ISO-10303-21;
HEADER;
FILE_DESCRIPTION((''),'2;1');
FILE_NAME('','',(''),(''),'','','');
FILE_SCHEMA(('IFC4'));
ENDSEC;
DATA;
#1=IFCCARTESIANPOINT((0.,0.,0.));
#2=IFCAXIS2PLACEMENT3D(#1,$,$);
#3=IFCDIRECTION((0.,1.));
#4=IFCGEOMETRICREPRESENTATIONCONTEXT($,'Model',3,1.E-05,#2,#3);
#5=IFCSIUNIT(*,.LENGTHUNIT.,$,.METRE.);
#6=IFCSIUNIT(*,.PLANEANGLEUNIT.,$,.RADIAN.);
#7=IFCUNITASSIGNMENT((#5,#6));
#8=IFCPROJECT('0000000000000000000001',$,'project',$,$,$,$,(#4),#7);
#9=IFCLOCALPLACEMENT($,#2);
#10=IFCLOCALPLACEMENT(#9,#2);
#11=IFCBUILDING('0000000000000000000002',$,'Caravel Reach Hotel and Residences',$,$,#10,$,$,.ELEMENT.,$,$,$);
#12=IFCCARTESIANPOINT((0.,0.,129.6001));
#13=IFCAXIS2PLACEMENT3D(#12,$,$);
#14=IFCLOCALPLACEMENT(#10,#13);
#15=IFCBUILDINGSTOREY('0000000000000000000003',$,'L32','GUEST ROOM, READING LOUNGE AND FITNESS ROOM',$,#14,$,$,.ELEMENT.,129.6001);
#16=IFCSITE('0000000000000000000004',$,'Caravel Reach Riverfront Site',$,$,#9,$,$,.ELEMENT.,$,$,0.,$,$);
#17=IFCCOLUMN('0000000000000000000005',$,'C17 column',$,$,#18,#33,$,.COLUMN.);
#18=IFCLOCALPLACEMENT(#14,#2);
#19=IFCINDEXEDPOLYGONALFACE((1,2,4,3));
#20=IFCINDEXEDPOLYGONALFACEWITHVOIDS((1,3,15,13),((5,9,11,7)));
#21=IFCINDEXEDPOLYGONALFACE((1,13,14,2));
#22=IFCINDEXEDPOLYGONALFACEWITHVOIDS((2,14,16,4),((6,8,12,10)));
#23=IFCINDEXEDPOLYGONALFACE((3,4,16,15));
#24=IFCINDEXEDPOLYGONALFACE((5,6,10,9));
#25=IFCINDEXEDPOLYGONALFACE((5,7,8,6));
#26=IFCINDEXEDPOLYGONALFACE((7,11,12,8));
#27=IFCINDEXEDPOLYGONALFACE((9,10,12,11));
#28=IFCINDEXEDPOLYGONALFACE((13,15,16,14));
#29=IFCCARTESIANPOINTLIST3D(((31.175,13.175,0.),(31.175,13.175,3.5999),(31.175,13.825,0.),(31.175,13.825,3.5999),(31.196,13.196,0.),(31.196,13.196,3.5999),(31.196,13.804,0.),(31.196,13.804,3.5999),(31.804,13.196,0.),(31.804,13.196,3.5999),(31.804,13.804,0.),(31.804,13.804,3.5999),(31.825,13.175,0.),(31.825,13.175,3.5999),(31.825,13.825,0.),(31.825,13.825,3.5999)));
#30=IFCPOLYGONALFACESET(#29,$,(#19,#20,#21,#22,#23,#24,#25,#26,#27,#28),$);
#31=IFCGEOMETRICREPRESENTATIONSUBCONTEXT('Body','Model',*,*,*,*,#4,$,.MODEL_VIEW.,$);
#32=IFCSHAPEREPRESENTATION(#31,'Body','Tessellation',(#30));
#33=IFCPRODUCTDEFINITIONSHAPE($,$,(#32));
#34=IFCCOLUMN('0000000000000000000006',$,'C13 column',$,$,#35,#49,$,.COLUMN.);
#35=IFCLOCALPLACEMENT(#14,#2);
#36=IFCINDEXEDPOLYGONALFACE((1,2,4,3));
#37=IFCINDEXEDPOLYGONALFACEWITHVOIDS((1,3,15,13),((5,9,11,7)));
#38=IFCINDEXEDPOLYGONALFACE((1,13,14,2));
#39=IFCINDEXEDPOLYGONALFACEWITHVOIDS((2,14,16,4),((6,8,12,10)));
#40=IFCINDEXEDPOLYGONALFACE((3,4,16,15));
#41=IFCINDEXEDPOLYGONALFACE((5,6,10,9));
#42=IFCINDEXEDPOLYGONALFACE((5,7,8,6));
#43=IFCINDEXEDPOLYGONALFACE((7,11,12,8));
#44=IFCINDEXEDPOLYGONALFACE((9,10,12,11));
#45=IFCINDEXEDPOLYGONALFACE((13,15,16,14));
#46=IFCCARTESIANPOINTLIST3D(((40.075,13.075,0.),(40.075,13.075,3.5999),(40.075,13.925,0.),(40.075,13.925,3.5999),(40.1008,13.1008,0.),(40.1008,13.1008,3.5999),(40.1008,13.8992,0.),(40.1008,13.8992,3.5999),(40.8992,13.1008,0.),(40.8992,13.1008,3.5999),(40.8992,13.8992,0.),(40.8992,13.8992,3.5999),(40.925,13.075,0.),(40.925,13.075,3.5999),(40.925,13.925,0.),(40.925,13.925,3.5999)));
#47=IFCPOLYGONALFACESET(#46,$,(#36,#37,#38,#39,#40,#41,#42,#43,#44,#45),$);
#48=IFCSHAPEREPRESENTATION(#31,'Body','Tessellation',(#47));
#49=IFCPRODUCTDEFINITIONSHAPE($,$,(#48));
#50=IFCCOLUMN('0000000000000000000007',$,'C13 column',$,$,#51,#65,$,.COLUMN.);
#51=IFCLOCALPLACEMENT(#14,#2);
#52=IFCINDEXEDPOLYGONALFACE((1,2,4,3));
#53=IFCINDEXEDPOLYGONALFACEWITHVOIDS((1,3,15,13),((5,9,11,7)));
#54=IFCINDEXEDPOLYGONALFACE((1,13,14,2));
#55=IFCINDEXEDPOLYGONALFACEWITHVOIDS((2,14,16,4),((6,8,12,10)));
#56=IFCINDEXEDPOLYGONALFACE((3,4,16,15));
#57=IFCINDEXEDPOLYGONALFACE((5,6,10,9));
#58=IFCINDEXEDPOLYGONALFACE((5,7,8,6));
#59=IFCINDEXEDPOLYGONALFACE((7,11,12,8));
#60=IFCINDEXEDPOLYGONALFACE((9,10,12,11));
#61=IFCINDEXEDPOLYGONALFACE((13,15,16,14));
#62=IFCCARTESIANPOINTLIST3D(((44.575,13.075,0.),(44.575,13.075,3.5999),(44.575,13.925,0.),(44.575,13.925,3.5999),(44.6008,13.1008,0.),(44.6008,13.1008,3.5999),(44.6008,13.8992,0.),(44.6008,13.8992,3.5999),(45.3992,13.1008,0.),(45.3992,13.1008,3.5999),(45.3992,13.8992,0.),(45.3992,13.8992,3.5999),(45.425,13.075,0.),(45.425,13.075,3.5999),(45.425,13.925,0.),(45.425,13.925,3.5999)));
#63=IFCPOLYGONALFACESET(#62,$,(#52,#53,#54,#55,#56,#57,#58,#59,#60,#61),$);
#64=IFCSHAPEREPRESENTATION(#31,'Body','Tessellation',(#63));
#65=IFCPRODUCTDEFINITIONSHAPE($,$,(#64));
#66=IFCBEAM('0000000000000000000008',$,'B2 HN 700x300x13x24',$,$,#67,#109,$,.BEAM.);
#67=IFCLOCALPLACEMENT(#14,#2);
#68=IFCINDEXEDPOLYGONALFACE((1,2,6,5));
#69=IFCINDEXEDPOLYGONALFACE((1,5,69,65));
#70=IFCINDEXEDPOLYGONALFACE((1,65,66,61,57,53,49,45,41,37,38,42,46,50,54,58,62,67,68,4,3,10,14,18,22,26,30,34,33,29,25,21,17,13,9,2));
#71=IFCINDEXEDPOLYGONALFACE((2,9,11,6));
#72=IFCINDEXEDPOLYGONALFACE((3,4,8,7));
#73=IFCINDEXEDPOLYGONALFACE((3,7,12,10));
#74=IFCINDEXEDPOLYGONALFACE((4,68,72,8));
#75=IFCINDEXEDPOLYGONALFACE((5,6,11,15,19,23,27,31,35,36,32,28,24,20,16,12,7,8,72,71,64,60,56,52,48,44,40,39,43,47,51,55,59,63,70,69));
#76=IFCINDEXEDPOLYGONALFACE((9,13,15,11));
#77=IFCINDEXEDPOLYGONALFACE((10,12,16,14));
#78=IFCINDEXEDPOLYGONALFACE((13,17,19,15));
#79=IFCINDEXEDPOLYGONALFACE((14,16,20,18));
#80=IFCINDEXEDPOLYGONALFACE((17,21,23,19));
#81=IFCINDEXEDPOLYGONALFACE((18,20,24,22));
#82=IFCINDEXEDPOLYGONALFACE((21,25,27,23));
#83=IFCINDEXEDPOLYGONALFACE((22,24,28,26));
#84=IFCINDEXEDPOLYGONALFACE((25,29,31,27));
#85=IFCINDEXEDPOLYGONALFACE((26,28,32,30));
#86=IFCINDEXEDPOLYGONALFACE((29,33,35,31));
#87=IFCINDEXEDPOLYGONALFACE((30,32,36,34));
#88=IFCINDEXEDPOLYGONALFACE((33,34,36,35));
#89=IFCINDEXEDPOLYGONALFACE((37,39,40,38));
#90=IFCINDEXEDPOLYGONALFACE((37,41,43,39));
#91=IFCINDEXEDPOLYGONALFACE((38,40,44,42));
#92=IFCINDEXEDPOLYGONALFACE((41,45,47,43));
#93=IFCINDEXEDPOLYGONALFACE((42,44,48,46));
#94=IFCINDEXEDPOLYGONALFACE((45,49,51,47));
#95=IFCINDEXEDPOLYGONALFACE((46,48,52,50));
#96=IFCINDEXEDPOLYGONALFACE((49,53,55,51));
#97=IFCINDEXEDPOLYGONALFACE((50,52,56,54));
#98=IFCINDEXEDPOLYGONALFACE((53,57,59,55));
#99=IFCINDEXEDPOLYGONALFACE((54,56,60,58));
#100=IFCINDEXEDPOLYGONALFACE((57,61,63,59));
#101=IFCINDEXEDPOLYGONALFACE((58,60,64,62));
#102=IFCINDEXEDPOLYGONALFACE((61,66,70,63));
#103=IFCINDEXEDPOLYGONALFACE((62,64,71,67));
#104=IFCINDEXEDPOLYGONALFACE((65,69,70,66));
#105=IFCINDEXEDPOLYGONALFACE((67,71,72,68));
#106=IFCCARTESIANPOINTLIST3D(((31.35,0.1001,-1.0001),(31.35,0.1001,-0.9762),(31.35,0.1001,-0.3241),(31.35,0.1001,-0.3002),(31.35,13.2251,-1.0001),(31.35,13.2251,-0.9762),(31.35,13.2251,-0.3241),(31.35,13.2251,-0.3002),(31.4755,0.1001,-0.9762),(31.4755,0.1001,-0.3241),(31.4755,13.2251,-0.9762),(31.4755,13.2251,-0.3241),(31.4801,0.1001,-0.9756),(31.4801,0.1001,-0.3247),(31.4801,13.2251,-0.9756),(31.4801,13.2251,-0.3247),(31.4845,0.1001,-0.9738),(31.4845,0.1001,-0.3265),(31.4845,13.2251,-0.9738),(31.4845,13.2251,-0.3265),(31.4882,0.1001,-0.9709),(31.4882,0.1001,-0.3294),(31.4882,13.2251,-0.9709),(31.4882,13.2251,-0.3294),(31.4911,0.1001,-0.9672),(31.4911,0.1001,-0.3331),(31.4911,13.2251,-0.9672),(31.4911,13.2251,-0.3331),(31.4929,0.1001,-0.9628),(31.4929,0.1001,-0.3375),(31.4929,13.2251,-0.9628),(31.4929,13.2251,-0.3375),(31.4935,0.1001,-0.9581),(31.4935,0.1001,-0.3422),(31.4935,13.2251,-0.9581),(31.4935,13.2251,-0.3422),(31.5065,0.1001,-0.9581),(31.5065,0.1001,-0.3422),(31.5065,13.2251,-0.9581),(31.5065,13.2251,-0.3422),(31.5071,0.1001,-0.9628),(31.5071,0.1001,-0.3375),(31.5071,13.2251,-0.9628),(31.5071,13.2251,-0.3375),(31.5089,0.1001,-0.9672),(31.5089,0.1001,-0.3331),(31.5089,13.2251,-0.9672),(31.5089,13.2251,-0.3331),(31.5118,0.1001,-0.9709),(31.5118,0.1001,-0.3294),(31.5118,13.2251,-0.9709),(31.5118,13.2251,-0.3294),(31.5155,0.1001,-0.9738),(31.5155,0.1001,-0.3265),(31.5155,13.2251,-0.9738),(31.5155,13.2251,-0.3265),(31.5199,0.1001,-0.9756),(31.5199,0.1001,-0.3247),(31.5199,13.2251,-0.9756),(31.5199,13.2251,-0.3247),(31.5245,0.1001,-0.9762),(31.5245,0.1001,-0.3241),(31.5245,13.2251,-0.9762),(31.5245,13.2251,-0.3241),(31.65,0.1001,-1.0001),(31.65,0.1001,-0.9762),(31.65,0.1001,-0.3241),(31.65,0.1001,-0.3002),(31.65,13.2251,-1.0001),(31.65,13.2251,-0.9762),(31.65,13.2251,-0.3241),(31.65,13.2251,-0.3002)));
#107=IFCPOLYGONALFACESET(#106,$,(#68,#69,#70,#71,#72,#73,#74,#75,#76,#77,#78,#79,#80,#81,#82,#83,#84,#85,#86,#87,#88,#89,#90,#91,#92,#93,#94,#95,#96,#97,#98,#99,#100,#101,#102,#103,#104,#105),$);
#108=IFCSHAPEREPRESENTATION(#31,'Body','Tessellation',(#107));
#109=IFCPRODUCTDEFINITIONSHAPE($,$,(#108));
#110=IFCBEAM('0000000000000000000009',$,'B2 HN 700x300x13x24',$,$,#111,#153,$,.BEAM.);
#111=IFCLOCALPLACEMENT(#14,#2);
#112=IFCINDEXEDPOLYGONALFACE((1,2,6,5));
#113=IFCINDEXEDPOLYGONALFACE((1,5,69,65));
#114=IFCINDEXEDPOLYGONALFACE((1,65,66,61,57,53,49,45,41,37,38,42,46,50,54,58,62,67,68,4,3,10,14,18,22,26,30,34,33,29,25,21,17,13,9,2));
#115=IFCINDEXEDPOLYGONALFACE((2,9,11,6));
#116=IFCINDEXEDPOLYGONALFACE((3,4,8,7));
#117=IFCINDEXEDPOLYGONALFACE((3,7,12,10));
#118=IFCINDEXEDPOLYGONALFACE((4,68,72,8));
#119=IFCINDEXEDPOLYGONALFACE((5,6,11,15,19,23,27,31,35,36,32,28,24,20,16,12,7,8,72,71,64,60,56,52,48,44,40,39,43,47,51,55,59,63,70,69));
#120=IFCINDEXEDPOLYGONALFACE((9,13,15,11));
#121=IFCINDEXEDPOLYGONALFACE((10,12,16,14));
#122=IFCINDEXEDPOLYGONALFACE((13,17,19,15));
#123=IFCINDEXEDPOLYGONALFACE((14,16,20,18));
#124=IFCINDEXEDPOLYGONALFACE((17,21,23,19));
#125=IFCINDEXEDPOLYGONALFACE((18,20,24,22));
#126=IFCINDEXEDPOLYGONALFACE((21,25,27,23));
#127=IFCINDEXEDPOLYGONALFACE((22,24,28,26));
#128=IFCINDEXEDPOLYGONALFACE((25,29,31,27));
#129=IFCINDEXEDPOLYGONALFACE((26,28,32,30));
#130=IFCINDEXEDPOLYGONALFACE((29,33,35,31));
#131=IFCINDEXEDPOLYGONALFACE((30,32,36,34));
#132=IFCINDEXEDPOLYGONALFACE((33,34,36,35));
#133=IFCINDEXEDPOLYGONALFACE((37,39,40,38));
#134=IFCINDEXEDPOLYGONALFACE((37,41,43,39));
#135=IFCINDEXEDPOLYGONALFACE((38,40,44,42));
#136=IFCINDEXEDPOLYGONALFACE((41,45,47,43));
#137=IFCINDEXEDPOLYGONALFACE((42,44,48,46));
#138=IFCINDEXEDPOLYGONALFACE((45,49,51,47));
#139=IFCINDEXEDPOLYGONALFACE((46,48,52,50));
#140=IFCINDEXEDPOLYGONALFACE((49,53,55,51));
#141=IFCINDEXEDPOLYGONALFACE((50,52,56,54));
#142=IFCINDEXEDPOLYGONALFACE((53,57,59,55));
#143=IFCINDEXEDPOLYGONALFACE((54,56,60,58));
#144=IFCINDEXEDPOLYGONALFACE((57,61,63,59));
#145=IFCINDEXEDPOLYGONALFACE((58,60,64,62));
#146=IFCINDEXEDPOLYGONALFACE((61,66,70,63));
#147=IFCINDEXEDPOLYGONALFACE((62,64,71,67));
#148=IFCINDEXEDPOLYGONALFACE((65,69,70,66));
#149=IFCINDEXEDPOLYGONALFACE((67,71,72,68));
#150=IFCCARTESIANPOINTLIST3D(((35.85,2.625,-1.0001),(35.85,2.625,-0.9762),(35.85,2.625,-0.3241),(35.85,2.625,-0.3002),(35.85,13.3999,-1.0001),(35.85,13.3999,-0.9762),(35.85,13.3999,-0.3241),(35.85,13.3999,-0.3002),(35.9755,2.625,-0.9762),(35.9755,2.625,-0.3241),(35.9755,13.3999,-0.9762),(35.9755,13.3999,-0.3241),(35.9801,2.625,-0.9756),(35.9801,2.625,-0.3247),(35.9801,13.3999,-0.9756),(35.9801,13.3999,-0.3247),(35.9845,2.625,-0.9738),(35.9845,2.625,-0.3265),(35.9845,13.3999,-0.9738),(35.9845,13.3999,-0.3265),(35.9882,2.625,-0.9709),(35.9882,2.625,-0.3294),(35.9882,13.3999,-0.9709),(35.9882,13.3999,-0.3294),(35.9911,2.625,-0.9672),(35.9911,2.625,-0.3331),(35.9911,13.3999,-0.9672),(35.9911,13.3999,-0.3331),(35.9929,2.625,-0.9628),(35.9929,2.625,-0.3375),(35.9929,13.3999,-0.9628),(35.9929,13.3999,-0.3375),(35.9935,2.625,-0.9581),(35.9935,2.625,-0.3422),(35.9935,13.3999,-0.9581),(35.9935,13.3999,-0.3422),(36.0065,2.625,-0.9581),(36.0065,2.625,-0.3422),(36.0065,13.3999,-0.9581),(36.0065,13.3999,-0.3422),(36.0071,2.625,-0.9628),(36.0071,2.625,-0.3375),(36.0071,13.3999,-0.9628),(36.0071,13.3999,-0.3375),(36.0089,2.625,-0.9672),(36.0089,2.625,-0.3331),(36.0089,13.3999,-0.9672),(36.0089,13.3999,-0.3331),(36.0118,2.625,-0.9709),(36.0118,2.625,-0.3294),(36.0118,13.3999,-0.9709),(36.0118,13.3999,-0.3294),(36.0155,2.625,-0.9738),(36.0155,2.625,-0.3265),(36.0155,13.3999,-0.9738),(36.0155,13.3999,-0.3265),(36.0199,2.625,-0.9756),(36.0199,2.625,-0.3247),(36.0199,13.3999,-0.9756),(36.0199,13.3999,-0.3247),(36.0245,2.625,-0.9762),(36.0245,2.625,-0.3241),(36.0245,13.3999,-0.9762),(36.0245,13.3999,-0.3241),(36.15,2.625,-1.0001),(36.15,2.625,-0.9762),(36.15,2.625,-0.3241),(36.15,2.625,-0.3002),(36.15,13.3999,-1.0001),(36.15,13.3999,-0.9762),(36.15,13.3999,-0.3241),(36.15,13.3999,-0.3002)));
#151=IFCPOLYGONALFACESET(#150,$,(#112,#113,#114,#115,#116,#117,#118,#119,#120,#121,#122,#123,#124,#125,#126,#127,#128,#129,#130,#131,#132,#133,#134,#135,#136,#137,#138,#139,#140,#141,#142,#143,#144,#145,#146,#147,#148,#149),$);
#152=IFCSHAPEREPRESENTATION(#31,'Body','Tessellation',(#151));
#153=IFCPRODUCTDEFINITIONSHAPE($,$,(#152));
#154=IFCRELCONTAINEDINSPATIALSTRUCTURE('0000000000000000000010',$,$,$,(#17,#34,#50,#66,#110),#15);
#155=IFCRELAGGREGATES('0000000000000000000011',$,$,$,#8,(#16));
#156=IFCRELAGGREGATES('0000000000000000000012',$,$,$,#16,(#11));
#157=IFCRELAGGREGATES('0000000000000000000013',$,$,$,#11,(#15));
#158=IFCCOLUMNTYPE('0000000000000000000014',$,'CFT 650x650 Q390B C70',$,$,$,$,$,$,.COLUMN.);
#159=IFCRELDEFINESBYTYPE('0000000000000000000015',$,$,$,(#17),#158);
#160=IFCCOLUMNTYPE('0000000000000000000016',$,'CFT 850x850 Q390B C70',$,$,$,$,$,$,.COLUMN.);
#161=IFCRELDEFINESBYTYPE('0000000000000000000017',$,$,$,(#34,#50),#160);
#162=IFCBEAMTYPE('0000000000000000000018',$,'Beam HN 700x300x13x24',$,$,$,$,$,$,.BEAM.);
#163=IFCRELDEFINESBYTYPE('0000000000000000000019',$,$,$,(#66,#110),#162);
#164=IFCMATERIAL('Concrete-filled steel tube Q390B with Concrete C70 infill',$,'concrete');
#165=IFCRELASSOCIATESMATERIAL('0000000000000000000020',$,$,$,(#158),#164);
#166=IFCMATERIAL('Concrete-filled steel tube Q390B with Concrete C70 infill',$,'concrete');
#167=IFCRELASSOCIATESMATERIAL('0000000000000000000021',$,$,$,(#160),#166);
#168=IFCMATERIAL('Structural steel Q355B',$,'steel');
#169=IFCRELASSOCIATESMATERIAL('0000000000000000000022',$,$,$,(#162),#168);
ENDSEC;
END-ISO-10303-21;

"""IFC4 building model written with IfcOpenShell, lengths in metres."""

from ifc_helpers import new_model, si_unit, direction, frame, origin, origin_2d, place, context, subcontext, project, spatial, hollow_rectangle, i_section, extrude, material, material_profile, profile_set, type_object, element, save


model = new_model("IFC4")

# Units and contexts
model_context = context("Model", 3, precision=1e-05, world=origin(), true_north=direction((0.0, 1.0)))
body_context = subcontext(model_context, "Body", "Model", "MODEL_VIEW")
ifc_project = project(units=[si_unit("LENGTHUNIT", "METRE"), si_unit("PLANEANGLEUNIT", "RADIAN")], contexts=[model_context])

# Site, building, storey
site_placement = place(None, origin())
site = spatial("IfcSite", under=ifc_project, at=site_placement, Name="Caravel Reach Riverfront Site", CompositionType="ELEMENT", RefElevation=0.0)
building_placement = place(site_placement, origin())
building = spatial("IfcBuilding", under=site, at=building_placement, Name="Caravel Reach Hotel and Residences", CompositionType="ELEMENT")
storey_placement = place(building_placement, frame((0.0, 0.0, 129.6001)))
storey = spatial("IfcBuildingStorey", under=building, at=storey_placement, Name="L32", Description="GUEST ROOM, READING LOUNGE AND FITNESS ROOM", CompositionType="ELEMENT", Elevation=129.6001)

# Columns
ifc_material_1 = material(Name="Concrete-filled steel tube Q390B with Concrete C70 infill", Category="concrete")
ifc_material_profile_1 = material_profile(ifc_material_1, hollow_rectangle(XDim=0.6499, YDim=0.6499, WallThickness=0.021, at=origin_2d()), Name="RHS 650x650x21")
ifc_profile_set_1 = profile_set([ifc_material_profile_1], Name="Concrete-filled steel tube Q390B with Concrete C70 infill")
column_type_1 = type_object("IfcColumnType", Name="CFT 650x650 Q390B C70", PredefinedType="COLUMN", material=ifc_profile_set_1)
column_placement = place(storey_placement, frame((31.5, 13.5, 0.0), z_axis=(0.0, 0.0, 1.0), x_axis=(1.0, 0.0, 0.0)))
element("IfcColumn", 1, at=column_placement, inside=storey, type_object=column_type_1, Name="C17 column", PredefinedType="COLUMN", context=body_context, shape_type="SweptSolid", body=[
    extrude(hollow_rectangle(XDim=0.6499, YDim=0.6499, WallThickness=0.021, at=origin_2d()), origin(), (0.0, 0.0, 1.0), 3.5999),
])
ifc_material_2 = material(Name="Concrete-filled steel tube Q390B with Concrete C70 infill", Category="concrete")
ifc_material_profile_2 = material_profile(ifc_material_2, hollow_rectangle(XDim=0.8501, YDim=0.8501, WallThickness=0.0259, at=origin_2d()), Name="RHS 850x850x26")
ifc_profile_set_2 = profile_set([ifc_material_profile_2], Name="Concrete-filled steel tube Q390B with Concrete C70 infill")
column_type_2 = type_object("IfcColumnType", Name="CFT 850x850 Q390B C70", PredefinedType="COLUMN", material=ifc_profile_set_2)
for number, where, z_axis, x_axis, name in (
    (2, (40.5, 13.5, 0.0), (0.0, 0.0, 1.0), (1.0, 0.0, 0.0), "C13 column"),
    (3, (45.0, 13.5, 0.0), (0.0, 0.0, 1.0), (1.0, 0.0, 0.0), "C13 column"),
):
    element("IfcColumn", number, at=place(storey_placement, frame(where, z_axis=z_axis, x_axis=x_axis)), inside=storey, type_object=column_type_2, Name=name, PredefinedType="COLUMN", context=body_context, shape_type="SweptSolid", body=[
        extrude(hollow_rectangle(XDim=0.8501, YDim=0.8501, WallThickness=0.0259, at=origin_2d()), origin(), (0.0, 0.0, 1.0), 3.5999),
    ])

# Beams
ifc_material_3 = material(Name="Structural steel Q355B", Category="steel")
ifc_material_profile_3 = material_profile(ifc_material_3, i_section(OverallWidth=0.3, OverallDepth=0.7, WebThickness=0.0129, FlangeThickness=0.0239, FilletRadius=0.0181, at=origin_2d()), Name="HN 700x300x13x24")
ifc_profile_set_3 = profile_set([ifc_material_profile_3], Name="Structural steel Q355B")
beam_type_1 = type_object("IfcBeamType", Name="Beam HN 700x300x13x24", PredefinedType="BEAM", material=ifc_profile_set_3)
beam_1_placement = place(storey_placement, frame((31.5, 13.2251, -0.6501), z_axis=(0.0, -1.0, 0.0), x_axis=(1.0, 0.0, 0.0)))
element("IfcBeam", 4, at=beam_1_placement, inside=storey, type_object=beam_type_1, Name="B2 HN 700x300x13x24", PredefinedType="BEAM", context=body_context, shape_type="SweptSolid", body=[
    extrude(i_section(OverallWidth=0.3, OverallDepth=0.7, WebThickness=0.0129, FlangeThickness=0.0239, FilletRadius=0.0181, at=origin_2d()), origin(), (0.0, 0.0, 1.0), 13.125),
])
beam_2_placement = place(storey_placement, frame((36.0, 13.3999, -0.6501), z_axis=(0.0, -1.0, 0.0), x_axis=(1.0, 0.0, 0.0)))
element("IfcBeam", 5, at=beam_2_placement, inside=storey, type_object=beam_type_1, Name="B2 HN 700x300x13x24", PredefinedType="BEAM", context=body_context, shape_type="SweptSolid", body=[
    extrude(i_section(OverallWidth=0.3, OverallDepth=0.7, WebThickness=0.0129, FlangeThickness=0.0239, FilletRadius=0.0181, at=origin_2d()), origin(), (0.0, 0.0, 1.0), 10.7749),
])

save(model, "model.ifc")
